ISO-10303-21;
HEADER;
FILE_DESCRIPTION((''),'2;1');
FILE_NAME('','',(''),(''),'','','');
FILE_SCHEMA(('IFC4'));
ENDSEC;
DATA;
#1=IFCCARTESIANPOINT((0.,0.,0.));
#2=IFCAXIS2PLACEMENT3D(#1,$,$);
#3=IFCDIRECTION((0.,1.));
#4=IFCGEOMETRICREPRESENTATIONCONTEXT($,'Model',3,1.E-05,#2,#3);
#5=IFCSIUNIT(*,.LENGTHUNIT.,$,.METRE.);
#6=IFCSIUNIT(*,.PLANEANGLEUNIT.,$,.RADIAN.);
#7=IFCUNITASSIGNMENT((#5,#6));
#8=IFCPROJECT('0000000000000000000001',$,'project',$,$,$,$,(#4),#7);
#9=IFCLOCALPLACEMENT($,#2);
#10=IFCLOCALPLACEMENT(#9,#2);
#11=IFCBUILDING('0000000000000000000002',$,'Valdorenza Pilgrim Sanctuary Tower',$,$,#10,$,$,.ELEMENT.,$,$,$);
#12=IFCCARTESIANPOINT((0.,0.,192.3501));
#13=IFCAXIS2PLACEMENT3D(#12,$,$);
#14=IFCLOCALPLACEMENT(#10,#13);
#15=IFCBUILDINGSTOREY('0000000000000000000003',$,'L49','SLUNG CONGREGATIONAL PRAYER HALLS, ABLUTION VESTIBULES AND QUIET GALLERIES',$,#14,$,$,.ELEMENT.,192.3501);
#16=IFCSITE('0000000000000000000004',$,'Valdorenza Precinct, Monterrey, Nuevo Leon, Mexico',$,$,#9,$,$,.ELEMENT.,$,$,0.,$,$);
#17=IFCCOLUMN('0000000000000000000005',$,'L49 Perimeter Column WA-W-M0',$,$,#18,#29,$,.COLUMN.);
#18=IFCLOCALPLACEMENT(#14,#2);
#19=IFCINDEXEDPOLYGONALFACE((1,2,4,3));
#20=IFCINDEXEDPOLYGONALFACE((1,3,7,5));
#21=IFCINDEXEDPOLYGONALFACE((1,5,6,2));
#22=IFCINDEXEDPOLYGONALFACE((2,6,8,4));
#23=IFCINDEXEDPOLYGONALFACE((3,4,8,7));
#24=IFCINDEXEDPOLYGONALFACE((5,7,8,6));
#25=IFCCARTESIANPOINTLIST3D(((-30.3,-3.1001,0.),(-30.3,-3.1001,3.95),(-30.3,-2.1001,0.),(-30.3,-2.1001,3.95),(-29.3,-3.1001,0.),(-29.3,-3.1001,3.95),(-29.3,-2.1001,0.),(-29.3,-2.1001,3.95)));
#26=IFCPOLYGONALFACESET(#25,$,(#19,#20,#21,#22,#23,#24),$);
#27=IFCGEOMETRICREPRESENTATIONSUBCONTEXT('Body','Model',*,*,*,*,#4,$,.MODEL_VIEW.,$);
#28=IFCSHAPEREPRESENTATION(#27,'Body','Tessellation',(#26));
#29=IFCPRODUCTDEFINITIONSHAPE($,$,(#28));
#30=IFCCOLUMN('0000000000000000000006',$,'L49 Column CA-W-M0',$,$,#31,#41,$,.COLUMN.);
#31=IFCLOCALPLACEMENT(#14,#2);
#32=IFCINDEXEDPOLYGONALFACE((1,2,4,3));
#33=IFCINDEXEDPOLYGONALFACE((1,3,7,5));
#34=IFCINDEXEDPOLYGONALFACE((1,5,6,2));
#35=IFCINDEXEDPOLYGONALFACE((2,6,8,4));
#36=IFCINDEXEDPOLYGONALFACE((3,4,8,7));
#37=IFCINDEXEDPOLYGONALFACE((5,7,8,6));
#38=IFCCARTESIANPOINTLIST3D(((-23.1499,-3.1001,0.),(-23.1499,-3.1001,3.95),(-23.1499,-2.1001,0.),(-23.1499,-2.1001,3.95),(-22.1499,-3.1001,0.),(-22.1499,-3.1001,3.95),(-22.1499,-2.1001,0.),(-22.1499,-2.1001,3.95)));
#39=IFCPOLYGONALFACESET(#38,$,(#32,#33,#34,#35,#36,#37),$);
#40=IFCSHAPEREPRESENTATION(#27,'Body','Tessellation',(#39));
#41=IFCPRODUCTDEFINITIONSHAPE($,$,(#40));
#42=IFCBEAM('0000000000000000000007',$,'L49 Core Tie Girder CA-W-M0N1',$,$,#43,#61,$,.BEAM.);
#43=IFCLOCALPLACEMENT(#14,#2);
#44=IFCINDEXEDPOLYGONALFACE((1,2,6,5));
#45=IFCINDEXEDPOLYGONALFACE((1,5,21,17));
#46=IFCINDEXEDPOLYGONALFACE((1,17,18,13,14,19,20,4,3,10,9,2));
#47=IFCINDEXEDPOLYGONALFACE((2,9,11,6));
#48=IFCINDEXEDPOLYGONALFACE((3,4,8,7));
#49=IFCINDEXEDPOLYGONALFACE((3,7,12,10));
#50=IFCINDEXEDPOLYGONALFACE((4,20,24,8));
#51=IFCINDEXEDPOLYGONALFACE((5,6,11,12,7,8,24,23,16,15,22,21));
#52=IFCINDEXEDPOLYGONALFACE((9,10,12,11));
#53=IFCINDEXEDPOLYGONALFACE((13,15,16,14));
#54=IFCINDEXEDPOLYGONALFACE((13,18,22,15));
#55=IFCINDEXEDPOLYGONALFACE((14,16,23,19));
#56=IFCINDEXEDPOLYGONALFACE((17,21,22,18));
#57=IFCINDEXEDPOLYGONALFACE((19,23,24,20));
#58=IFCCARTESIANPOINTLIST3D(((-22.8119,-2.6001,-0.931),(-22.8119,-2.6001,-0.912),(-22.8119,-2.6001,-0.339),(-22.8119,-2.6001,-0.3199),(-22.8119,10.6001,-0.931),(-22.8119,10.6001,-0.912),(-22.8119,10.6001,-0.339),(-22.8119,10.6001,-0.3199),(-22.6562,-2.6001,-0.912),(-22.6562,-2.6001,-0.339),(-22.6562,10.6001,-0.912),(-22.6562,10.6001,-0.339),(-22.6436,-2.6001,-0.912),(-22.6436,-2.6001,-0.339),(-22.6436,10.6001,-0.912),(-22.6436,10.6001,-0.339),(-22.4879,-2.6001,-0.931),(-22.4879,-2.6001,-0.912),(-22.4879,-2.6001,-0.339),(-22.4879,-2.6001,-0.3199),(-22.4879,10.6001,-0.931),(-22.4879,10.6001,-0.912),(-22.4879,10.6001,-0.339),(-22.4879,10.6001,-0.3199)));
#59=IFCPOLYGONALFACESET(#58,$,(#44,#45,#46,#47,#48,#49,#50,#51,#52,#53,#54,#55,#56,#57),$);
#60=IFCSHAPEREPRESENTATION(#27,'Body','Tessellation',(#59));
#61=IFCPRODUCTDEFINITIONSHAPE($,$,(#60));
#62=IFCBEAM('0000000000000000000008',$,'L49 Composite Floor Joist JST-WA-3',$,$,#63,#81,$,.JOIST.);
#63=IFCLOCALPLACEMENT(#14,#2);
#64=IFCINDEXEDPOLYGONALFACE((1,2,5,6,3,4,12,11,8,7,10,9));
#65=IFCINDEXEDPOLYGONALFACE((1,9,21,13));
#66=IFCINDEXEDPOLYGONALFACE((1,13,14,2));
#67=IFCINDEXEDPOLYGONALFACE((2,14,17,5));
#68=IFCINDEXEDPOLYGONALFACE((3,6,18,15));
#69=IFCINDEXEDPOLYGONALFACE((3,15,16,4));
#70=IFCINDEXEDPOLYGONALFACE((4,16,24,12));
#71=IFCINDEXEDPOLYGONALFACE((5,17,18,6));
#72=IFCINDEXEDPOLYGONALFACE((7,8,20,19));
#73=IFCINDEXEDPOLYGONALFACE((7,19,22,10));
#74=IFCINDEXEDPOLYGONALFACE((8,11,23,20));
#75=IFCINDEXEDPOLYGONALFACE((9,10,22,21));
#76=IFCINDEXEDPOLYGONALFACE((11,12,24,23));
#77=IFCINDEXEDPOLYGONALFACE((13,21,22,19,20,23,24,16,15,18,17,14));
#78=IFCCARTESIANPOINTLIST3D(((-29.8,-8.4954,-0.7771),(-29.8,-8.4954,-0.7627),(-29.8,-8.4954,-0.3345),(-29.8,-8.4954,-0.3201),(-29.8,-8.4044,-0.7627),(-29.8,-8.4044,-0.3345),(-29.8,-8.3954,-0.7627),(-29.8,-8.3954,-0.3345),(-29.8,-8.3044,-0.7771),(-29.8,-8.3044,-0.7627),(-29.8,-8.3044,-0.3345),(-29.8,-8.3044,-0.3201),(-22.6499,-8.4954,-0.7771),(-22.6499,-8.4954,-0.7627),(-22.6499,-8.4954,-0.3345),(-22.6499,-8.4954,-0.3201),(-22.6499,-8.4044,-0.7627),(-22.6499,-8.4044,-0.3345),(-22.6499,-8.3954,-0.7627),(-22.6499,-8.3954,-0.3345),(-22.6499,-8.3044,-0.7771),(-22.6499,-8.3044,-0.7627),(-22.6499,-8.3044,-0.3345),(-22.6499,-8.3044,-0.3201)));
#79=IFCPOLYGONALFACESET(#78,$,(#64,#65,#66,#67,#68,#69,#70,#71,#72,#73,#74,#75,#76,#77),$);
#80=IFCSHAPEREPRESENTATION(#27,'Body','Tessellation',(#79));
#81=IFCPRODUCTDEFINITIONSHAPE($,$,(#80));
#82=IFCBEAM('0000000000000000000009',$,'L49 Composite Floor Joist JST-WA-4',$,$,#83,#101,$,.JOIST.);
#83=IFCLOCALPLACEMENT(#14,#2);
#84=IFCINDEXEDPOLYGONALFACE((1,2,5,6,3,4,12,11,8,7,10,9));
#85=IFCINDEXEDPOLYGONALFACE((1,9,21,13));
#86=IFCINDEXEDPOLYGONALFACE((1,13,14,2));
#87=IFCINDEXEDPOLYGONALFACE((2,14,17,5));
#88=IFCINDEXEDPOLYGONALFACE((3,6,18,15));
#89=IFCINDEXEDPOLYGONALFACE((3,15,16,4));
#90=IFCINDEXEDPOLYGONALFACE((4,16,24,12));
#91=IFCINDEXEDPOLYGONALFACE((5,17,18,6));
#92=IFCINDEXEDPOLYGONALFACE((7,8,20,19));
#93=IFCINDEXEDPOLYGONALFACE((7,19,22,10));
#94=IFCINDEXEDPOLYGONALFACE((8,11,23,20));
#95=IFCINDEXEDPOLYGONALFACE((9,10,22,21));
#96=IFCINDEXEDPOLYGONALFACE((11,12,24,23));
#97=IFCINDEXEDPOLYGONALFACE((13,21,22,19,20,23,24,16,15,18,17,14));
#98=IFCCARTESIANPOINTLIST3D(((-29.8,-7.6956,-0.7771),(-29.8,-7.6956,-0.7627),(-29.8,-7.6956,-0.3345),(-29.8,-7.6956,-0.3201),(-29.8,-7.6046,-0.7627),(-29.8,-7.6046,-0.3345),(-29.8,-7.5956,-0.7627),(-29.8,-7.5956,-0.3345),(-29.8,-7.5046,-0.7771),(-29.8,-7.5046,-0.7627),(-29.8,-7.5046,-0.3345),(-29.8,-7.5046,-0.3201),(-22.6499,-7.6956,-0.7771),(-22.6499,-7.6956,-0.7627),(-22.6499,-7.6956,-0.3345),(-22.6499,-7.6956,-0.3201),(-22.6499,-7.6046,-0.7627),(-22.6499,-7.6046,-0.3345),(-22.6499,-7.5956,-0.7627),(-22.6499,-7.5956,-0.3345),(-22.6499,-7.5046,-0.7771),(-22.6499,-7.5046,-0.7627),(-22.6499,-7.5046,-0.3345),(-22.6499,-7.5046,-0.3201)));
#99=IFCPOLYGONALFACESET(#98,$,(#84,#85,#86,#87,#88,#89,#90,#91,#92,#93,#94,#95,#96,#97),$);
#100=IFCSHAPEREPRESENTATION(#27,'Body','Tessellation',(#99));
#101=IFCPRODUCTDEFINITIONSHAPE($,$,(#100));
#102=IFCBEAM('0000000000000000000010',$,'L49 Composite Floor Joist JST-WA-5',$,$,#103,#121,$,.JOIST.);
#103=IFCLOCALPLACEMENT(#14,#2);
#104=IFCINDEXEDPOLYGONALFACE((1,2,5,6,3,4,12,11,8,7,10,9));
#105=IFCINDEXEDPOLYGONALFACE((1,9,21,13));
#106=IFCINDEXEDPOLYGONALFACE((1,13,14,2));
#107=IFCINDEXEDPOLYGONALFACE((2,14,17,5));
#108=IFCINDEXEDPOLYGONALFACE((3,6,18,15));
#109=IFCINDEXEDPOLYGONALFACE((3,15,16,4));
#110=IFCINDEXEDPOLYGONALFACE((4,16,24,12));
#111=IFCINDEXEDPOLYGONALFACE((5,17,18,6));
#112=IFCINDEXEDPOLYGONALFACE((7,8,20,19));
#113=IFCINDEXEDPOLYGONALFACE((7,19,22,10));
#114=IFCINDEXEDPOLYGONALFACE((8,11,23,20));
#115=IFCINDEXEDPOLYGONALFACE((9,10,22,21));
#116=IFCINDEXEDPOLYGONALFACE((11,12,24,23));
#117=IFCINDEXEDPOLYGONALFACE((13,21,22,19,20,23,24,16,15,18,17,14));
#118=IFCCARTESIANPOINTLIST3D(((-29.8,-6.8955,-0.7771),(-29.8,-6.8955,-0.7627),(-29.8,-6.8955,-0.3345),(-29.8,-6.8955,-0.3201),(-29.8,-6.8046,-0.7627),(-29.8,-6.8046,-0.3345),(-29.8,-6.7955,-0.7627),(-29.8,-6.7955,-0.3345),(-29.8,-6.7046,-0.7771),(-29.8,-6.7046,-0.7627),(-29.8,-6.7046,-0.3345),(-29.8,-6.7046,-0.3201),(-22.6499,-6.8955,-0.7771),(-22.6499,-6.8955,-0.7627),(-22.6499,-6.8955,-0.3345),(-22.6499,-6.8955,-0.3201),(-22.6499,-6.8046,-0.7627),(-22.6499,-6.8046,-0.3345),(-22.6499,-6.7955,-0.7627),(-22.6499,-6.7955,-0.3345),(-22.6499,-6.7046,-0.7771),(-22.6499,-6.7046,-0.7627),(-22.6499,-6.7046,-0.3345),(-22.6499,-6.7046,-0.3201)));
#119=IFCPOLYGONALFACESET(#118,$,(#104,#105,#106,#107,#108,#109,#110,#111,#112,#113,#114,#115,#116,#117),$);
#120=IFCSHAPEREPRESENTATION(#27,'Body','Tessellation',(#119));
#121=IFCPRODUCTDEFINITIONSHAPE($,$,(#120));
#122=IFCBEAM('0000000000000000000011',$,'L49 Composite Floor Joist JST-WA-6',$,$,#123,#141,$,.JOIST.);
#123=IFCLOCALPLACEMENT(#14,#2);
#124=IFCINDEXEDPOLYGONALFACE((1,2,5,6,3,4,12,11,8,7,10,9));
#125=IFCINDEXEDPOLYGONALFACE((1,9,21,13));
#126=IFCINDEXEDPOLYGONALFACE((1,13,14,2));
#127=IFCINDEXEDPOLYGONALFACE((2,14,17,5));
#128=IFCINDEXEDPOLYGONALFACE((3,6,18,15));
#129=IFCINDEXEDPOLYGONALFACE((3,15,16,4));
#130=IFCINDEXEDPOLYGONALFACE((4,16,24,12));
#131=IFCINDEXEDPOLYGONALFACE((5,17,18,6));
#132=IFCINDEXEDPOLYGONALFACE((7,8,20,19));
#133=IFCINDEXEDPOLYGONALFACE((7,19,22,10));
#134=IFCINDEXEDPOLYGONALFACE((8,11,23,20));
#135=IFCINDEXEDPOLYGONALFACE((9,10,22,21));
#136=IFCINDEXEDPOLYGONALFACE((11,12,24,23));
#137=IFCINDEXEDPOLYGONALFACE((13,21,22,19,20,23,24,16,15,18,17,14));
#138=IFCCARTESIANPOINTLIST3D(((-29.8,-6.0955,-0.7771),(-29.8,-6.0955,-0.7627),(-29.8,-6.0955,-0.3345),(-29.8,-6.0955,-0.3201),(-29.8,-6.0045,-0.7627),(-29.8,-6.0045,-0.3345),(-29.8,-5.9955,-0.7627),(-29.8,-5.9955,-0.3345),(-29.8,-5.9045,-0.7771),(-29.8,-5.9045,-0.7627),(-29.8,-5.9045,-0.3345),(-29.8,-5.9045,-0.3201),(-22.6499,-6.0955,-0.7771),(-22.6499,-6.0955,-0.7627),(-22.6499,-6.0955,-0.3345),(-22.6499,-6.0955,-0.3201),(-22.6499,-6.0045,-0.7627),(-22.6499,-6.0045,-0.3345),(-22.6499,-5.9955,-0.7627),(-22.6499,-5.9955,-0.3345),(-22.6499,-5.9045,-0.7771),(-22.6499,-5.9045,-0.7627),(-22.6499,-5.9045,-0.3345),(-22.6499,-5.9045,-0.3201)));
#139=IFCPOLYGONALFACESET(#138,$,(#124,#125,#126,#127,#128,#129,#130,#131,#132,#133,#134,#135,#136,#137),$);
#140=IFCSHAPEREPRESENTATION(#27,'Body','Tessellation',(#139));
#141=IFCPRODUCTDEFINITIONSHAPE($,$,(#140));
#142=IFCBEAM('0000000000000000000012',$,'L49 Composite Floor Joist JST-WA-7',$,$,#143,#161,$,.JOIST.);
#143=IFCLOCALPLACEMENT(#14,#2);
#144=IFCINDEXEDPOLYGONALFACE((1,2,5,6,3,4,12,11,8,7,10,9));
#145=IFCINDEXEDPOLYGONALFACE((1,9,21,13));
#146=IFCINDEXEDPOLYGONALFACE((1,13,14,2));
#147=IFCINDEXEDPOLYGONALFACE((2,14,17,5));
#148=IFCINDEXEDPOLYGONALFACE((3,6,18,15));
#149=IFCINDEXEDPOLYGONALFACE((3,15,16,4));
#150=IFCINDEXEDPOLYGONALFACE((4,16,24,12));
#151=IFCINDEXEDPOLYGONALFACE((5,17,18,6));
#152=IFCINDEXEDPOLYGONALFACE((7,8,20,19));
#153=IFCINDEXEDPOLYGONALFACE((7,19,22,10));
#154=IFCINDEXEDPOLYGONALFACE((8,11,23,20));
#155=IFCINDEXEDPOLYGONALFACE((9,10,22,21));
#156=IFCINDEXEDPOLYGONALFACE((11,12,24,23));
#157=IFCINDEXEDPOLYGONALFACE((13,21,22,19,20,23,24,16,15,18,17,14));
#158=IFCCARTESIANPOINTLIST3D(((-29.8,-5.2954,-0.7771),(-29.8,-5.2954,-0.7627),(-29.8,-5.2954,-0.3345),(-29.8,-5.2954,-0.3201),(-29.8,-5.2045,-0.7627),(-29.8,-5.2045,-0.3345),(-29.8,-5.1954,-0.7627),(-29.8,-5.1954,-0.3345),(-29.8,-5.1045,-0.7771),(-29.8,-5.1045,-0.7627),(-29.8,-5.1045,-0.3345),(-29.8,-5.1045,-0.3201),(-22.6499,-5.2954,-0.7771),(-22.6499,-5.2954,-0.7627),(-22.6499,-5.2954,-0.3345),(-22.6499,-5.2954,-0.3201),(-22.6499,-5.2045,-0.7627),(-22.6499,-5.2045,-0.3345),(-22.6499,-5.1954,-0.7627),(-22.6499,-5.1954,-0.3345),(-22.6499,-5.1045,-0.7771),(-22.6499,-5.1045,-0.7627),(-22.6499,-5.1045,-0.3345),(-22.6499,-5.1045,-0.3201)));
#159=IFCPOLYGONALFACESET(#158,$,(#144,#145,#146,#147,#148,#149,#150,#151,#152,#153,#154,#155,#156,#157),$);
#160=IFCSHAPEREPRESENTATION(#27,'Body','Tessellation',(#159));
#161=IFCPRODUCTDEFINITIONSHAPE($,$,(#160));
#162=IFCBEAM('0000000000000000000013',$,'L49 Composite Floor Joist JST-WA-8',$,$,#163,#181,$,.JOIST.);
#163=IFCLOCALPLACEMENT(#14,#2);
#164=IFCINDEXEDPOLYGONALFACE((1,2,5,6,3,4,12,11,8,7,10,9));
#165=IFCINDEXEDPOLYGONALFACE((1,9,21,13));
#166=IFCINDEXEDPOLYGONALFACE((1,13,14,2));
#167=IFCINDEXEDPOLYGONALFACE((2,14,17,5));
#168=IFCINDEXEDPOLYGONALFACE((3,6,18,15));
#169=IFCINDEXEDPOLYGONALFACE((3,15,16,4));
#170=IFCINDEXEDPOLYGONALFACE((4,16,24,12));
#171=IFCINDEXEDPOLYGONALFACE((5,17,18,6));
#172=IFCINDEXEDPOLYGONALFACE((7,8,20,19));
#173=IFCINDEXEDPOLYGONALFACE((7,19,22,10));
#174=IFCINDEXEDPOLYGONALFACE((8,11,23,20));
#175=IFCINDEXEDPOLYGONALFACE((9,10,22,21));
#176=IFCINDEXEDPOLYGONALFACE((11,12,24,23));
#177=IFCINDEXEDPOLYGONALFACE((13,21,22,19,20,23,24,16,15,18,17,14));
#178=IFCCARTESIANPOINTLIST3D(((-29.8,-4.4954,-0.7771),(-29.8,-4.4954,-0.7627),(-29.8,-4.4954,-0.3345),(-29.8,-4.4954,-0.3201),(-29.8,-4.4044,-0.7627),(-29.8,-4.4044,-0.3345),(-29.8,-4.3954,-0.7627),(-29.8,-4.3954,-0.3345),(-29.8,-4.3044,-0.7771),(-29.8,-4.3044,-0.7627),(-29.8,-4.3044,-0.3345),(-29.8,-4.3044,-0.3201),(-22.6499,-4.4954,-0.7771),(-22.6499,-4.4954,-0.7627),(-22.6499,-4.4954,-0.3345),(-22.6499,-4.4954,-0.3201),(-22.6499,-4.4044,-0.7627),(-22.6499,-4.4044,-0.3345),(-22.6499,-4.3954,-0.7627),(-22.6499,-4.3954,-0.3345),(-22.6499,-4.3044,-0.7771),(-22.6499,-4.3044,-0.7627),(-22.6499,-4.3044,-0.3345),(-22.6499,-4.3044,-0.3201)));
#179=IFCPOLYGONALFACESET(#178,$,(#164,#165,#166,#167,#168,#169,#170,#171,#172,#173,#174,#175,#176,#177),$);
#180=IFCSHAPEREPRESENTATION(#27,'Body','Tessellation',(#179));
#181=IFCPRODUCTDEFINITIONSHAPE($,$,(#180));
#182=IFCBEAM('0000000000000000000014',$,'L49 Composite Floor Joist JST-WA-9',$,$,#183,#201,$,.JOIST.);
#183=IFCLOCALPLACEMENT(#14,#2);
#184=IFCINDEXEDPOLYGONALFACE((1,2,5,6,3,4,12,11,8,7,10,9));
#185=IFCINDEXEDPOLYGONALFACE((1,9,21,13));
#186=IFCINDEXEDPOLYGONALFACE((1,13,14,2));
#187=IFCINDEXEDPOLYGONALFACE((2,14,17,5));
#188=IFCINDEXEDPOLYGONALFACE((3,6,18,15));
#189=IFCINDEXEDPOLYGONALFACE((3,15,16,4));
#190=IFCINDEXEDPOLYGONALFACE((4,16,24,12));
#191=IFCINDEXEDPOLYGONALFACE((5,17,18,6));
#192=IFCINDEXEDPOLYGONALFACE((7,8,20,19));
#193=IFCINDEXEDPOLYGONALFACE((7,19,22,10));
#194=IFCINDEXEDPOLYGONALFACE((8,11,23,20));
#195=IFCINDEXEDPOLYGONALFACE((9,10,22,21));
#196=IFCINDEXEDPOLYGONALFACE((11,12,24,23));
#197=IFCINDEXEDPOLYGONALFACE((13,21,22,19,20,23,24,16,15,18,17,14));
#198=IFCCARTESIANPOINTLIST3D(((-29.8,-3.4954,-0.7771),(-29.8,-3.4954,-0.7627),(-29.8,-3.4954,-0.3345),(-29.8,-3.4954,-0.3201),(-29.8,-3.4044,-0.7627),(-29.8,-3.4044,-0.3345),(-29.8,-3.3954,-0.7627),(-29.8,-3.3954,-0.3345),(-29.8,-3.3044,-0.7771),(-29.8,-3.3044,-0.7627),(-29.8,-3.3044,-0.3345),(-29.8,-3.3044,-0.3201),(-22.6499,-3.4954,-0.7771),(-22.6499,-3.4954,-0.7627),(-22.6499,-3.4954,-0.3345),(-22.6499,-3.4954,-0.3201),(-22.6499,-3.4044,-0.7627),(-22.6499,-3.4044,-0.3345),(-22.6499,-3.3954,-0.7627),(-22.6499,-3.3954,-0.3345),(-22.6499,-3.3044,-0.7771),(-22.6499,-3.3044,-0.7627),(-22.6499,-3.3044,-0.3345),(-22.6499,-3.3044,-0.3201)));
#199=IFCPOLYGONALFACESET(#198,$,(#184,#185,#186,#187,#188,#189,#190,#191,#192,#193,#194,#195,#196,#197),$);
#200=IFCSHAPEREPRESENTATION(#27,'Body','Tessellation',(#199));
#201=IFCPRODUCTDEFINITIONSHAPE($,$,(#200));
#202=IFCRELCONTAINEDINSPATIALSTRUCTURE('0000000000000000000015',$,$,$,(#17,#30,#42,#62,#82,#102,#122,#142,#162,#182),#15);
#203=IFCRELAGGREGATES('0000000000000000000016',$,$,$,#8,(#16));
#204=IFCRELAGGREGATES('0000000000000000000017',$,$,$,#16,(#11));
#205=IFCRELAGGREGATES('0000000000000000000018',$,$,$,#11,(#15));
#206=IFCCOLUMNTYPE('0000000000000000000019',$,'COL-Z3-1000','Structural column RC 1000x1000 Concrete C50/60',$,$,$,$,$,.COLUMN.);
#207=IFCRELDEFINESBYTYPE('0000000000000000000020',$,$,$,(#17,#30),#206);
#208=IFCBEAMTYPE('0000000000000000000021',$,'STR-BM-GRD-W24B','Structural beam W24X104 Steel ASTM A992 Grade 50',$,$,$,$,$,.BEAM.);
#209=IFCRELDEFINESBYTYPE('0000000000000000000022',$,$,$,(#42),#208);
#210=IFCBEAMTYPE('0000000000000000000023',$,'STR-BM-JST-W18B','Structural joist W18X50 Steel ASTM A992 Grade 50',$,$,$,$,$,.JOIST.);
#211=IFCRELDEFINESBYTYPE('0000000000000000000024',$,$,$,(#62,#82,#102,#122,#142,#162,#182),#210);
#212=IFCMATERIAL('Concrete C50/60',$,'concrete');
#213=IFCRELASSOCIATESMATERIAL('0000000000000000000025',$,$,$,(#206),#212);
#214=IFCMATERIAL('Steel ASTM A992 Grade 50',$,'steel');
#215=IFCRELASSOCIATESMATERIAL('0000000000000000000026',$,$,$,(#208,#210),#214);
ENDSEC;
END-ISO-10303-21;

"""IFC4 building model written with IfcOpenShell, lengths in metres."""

from ifc_helpers import new_model, si_unit, direction, frame, origin, origin_2d, place, context, subcontext, project, spatial, rectangle, i_section, extrude, source, transform, mapped, material, material_profile, profile_set, type_object, element, save


model = new_model("IFC4")

# Units and contexts
model_context = context("Model", 3, precision=1e-05, world=origin(), true_north=direction((0.0, 1.0)))
body_context = subcontext(model_context, "Body", "Model", "MODEL_VIEW")
ifc_project = project(units=[si_unit("LENGTHUNIT", "METRE"), si_unit("PLANEANGLEUNIT", "RADIAN")], contexts=[model_context])

# Site, building, storey
site_placement = place(None, origin())
site = spatial("IfcSite", under=ifc_project, at=site_placement, Name="Valdorenza Precinct, Monterrey, Nuevo Leon, Mexico", CompositionType="ELEMENT", RefElevation=0.0)
building_placement = place(site_placement, origin())
building = spatial("IfcBuilding", under=site, at=building_placement, Name="Valdorenza Pilgrim Sanctuary Tower", CompositionType="ELEMENT")
storey_placement = place(building_placement, frame((0.0, 0.0, 192.3501)))
storey = spatial("IfcBuildingStorey", under=building, at=storey_placement, Name="L49", Description="SLUNG CONGREGATIONAL PRAYER HALLS, ABLUTION VESTIBULES AND QUIET GALLERIES", CompositionType="ELEMENT", Elevation=192.3501)

# Columns
ifc_material_1 = material(Name="Concrete C50/60", Category="concrete")
ifc_material_profile_1 = material_profile(ifc_material_1, rectangle(XDim=1.0, YDim=1.0, at=origin_2d()), Name="RC 1000x1000")
ifc_profile_set_1 = profile_set([ifc_material_profile_1], Name="Concrete C50/60")
column_type = type_object("IfcColumnType", Name="COL-Z3-1000", Description="Structural column RC 1000x1000 Concrete C50/60", PredefinedType="COLUMN", material=ifc_profile_set_1)
shared_shape_1 = source(origin(), body_context, "Body", "SweptSolid", [
    extrude(rectangle(XDim=1.0, YDim=1.0, at=origin_2d()), origin(), (0.0, 0.0, 1.0), 3.95),
])
for number, where, z_axis, x_axis, name in (
    (1, (-29.8, -2.6001, 0.0), (0.0, 0.0, 1.0), (1.0, 0.0, 0.0), "L49 Perimeter Column WA-W-M0"),
    (2, (-22.6499, -2.6001, 0.0), (0.0, 0.0, 1.0), (1.0, 0.0, 0.0), "L49 Column CA-W-M0"),
):
    element("IfcColumn", number, at=place(storey_placement, frame(where, z_axis=z_axis, x_axis=x_axis)), inside=storey, type_object=column_type, Name=name, PredefinedType="COLUMN", context=body_context, shape_type="MappedRepresentation", body=[
        mapped(shared_shape_1, transform((0.0, 0.0, 0.0), x_axis=(1.0, 0.0, 0.0), y_axis=(0.0, 1.0, 0.0), z_axis=(0.0, 0.0, 1.0), scale=1.0)),
    ])

# Beams
ifc_material_2 = material(Name="Steel ASTM A992 Grade 50", Category="steel")
ifc_material_profile_2 = material_profile(ifc_material_2, i_section(OverallWidth=0.324, OverallDepth=0.6111, WebThickness=0.0127, FlangeThickness=0.019, at=origin_2d()), Name="W24X104")
ifc_profile_set_2 = profile_set([ifc_material_profile_2], Name="Steel ASTM A992 Grade 50")
beam_type_1 = type_object("IfcBeamType", Name="STR-BM-GRD-W24B", Description="Structural beam W24X104 Steel ASTM A992 Grade 50", PredefinedType="BEAM", material=ifc_profile_set_2)
shared_shape_2 = source(origin(), body_context, "Body", "SweptSolid", [
    extrude(i_section(OverallWidth=0.324, OverallDepth=0.6111, WebThickness=0.0127, FlangeThickness=0.019, at=origin_2d()), origin(), (0.0, 0.0, 1.0), 13.2002),
])
beam_1_placement = place(storey_placement, frame((-22.6499, -2.6001, -0.6255), z_axis=(0.0, 1.0, 0.0), x_axis=(-1.0, 0.0, 0.0)))
element("IfcBeam", 3, at=beam_1_placement, inside=storey, type_object=beam_type_1, Name="L49 Core Tie Girder CA-W-M0N1", PredefinedType="BEAM", context=body_context, shape_type="MappedRepresentation", body=[
    mapped(shared_shape_2, transform((0.0, 0.0, 0.0), x_axis=(1.0, 0.0, 0.0), y_axis=(0.0, 1.0, 0.0), z_axis=(0.0, 0.0, 1.0), scale=1.0)),
])
ifc_material_profile_3 = material_profile(ifc_material_2, i_section(OverallWidth=0.1909, OverallDepth=0.457, WebThickness=0.009, FlangeThickness=0.0144, at=origin_2d()), Name="W18X50")
ifc_profile_set_3 = profile_set([ifc_material_profile_3], Name="Steel ASTM A992 Grade 50")
beam_type_2 = type_object("IfcBeamType", Name="STR-BM-JST-W18B", Description="Structural joist W18X50 Steel ASTM A992 Grade 50", PredefinedType="JOIST", material=ifc_profile_set_3)
shared_shape_3 = source(origin(), body_context, "Body", "SweptSolid", [
    extrude(i_section(OverallWidth=0.1909, OverallDepth=0.457, WebThickness=0.009, FlangeThickness=0.0144, at=origin_2d()), origin(), (0.0, 0.0, 1.0), 7.1501),
])
for number, where, z_axis, x_axis, name in (
    (4, (-29.8, -8.3999, -0.5486), (1.0, 0.0, 0.0), (0.0, 1.0, 0.0), "L49 Composite Floor Joist JST-WA-3"),
    (5, (-29.8, -7.6001, -0.5486), (1.0, 0.0, 0.0), (0.0, 1.0, 0.0), "L49 Composite Floor Joist JST-WA-4"),
    (6, (-29.8, -6.8, -0.5486), (1.0, 0.0, 0.0), (0.0, 1.0, 0.0), "L49 Composite Floor Joist JST-WA-5"),
    (7, (-29.8, -6.0, -0.5486), (1.0, 0.0, 0.0), (0.0, 1.0, 0.0), "L49 Composite Floor Joist JST-WA-6"),
    (8, (-29.8, -5.2, -0.5486), (1.0, 0.0, 0.0), (0.0, 1.0, 0.0), "L49 Composite Floor Joist JST-WA-7"),
    (9, (-29.8, -4.3999, -0.5486), (1.0, 0.0, 0.0), (0.0, 1.0, 0.0), "L49 Composite Floor Joist JST-WA-8"),
    (10, (-29.8, -3.3999, -0.5486), (1.0, 0.0, 0.0), (0.0, 1.0, 0.0), "L49 Composite Floor Joist JST-WA-9"),
):
    element("IfcBeam", number, at=place(storey_placement, frame(where, z_axis=z_axis, x_axis=x_axis)), inside=storey, type_object=beam_type_2, Name=name, PredefinedType="JOIST", context=body_context, shape_type="MappedRepresentation", body=[
        mapped(shared_shape_3, transform((0.0, 0.0, 0.0), x_axis=(1.0, 0.0, 0.0), y_axis=(0.0, 1.0, 0.0), z_axis=(0.0, 0.0, 1.0), scale=1.0)),
    ])

save(model, "model.ifc")
